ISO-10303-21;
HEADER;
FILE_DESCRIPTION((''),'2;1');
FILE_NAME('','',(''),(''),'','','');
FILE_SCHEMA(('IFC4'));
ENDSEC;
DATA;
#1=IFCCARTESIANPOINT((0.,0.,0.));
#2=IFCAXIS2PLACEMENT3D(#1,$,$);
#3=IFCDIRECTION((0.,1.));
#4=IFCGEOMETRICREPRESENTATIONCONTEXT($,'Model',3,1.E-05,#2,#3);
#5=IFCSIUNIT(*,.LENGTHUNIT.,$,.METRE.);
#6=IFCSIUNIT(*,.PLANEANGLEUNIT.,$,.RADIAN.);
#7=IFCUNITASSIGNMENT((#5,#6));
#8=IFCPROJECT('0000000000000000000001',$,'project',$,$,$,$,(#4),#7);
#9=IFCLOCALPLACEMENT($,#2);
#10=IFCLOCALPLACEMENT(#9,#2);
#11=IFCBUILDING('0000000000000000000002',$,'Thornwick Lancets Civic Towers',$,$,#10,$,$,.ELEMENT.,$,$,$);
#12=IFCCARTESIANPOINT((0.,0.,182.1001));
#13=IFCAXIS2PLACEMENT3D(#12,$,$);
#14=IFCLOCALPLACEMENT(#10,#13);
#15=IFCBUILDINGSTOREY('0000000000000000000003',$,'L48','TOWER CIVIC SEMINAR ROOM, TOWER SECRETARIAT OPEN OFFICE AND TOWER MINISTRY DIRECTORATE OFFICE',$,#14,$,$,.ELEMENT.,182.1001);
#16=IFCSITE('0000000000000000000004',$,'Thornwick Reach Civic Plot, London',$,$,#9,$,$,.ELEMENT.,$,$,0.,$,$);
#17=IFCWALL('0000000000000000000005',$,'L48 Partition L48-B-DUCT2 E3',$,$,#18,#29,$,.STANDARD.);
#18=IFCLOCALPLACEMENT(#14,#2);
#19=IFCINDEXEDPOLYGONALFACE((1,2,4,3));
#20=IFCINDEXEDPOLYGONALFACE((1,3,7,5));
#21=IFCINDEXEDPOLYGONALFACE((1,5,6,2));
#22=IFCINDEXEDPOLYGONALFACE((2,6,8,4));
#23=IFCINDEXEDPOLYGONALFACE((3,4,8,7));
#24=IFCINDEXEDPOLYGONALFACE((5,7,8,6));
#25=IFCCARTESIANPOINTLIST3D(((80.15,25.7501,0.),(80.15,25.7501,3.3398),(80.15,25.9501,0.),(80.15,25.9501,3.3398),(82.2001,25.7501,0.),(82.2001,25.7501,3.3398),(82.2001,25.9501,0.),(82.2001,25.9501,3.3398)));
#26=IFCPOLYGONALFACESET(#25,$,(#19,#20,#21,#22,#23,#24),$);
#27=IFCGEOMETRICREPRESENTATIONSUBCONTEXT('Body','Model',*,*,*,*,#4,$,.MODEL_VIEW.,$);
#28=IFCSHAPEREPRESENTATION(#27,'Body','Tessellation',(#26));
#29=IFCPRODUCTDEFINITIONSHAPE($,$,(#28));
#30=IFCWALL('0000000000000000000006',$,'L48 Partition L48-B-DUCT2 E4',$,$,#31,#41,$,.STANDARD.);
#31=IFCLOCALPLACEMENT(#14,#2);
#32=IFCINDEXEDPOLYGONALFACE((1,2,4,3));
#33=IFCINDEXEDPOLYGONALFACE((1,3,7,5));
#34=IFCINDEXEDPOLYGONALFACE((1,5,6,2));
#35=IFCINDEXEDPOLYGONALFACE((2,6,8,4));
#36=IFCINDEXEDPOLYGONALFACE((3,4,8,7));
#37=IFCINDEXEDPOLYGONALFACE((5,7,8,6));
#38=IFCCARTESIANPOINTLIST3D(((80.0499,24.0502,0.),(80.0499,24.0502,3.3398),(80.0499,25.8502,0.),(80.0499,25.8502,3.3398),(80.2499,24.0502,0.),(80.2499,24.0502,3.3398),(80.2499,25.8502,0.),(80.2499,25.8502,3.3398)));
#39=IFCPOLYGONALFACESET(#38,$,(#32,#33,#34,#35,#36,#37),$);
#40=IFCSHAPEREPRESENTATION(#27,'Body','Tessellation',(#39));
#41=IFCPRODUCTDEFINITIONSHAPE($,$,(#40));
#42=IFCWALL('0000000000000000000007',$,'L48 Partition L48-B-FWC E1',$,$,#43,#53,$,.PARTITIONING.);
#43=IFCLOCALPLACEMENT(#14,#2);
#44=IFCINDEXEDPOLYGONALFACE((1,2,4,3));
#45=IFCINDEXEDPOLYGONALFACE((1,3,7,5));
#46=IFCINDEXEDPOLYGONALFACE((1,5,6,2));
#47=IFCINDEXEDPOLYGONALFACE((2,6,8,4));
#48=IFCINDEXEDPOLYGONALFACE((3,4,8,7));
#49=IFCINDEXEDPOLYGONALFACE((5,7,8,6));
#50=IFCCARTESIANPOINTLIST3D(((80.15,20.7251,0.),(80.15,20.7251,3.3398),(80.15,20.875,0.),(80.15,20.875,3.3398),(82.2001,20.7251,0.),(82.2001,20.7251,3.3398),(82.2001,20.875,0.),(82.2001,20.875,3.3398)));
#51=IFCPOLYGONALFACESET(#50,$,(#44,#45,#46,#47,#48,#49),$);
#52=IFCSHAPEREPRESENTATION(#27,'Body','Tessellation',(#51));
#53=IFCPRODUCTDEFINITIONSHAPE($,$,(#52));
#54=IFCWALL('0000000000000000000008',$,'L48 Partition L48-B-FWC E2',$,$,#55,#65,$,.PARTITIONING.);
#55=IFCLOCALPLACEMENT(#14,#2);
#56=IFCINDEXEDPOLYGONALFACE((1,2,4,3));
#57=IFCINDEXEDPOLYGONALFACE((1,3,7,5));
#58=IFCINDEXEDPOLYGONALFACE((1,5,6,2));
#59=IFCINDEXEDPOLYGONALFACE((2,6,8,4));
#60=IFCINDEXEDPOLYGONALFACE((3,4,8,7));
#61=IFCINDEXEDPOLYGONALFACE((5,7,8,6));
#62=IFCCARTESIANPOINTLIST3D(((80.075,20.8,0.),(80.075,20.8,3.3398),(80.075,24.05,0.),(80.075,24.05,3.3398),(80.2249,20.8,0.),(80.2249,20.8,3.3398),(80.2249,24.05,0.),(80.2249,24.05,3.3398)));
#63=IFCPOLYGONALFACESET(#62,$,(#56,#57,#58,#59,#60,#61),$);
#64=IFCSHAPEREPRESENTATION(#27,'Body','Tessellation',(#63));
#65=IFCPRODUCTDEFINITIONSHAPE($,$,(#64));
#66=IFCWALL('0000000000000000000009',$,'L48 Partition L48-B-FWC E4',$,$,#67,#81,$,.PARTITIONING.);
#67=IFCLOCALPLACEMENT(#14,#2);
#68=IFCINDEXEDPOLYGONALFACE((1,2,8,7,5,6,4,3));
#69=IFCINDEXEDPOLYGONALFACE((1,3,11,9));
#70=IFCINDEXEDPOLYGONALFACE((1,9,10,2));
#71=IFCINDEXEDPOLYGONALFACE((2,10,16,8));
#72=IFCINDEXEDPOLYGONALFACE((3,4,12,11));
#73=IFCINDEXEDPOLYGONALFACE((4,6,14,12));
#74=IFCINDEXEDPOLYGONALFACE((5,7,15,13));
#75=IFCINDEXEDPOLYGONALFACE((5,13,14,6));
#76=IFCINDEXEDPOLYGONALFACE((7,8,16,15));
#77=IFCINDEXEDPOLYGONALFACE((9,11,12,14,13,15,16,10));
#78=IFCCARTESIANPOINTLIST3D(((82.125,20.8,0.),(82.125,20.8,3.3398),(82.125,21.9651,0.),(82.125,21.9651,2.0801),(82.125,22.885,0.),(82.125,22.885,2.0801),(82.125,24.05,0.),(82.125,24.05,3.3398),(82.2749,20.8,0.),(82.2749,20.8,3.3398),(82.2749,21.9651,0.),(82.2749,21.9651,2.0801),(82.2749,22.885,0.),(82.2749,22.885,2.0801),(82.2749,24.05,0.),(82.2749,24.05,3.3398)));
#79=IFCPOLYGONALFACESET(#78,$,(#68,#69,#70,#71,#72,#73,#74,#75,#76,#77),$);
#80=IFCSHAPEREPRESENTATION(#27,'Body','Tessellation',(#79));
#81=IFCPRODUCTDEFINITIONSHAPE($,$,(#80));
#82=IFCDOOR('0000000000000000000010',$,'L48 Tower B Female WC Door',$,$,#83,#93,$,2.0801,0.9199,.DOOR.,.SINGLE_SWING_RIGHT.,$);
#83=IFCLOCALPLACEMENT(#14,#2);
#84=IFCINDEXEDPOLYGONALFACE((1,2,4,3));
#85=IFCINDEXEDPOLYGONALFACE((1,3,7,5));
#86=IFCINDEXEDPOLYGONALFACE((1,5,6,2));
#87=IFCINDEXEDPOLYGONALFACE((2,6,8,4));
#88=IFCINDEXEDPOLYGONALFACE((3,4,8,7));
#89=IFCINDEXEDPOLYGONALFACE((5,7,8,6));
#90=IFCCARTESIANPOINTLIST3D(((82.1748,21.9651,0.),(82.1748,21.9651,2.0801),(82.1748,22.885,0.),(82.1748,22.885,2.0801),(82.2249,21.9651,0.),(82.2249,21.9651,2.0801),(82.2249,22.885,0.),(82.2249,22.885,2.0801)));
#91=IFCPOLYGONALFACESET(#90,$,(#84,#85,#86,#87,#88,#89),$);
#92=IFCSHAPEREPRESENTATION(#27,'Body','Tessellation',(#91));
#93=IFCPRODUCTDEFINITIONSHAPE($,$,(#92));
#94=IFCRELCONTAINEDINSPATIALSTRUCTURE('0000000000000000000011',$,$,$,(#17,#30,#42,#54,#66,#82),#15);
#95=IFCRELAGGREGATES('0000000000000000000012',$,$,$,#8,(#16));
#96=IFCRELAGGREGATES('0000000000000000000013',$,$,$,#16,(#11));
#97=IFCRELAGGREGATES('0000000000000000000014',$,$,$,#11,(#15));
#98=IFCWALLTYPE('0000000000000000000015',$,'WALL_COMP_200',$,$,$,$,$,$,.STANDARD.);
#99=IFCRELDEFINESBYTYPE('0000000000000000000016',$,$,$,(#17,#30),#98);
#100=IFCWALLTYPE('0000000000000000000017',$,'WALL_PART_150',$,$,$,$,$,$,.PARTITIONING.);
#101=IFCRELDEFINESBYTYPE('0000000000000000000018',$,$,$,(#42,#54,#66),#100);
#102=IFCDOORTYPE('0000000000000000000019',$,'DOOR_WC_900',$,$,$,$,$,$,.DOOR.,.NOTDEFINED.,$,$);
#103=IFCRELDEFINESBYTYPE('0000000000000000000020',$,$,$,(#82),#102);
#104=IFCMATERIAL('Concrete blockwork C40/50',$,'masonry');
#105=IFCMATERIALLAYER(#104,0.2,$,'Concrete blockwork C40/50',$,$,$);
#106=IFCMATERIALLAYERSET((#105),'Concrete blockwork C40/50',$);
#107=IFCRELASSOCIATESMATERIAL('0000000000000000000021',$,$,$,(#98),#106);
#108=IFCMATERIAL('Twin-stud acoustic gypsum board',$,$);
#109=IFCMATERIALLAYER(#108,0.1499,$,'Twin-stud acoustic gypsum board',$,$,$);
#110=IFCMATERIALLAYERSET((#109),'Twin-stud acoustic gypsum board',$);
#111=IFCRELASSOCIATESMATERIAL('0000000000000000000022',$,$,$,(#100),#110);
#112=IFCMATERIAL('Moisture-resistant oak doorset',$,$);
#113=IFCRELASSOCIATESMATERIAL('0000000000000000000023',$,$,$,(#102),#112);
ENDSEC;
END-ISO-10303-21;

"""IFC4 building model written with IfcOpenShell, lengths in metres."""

from ifc_helpers import new_model, si_unit, direction, frame, frame_2d, origin, place, context, subcontext, project, spatial, rectangle, extrude, material, layer, layer_set, type_object, element, fill, save


model = new_model("IFC4")

# Units and contexts
model_context = context("Model", 3, precision=1e-05, world=origin(), true_north=direction((0.0, 1.0)))
body_context = subcontext(model_context, "Body", "Model", "MODEL_VIEW")
ifc_project = project(units=[si_unit("LENGTHUNIT", "METRE"), si_unit("PLANEANGLEUNIT", "RADIAN")], contexts=[model_context])

# Site, building, storey
site_placement = place(None, origin())
site = spatial("IfcSite", under=ifc_project, at=site_placement, Name="Thornwick Reach Civic Plot, London", CompositionType="ELEMENT", RefElevation=0.0)
building_placement = place(site_placement, origin())
building = spatial("IfcBuilding", under=site, at=building_placement, Name="Thornwick Lancets Civic Towers", CompositionType="ELEMENT")
storey_placement = place(building_placement, frame((0.0, 0.0, 182.1001)))
storey = spatial("IfcBuildingStorey", under=building, at=storey_placement, Name="L48", Description="TOWER CIVIC SEMINAR ROOM, TOWER SECRETARIAT OPEN OFFICE AND TOWER MINISTRY DIRECTORATE OFFICE", CompositionType="ELEMENT", Elevation=182.1001)

# Shared definitions
ifc_material_1 = material(Name="Concrete blockwork C40/50", Category="masonry")
ifc_layer_1 = layer(ifc_material_1, 0.2, Name="Concrete blockwork C40/50")
ifc_layer_set_1 = layer_set([ifc_layer_1], Name="Concrete blockwork C40/50")
wall_type_1 = type_object("IfcWallType", Name="WALL_COMP_200", PredefinedType="STANDARD", material=ifc_layer_set_1)

# Walls
wall_1_placement = place(storey_placement, frame((82.2, 25.8501, 0.0), z_axis=(0.0, 0.0, 1.0), x_axis=(-1.0, 0.0, 0.0)))
element("IfcWall", 1, at=wall_1_placement, inside=storey, type_object=wall_type_1, Name="L48 Partition L48-B-DUCT2 E3", PredefinedType="STANDARD", context=body_context, shape_type="SweptSolid", body=[
    extrude(rectangle(XDim=2.05, YDim=0.2, at=frame_2d((1.0249, 0.0))), origin(), (0.0, 0.0, 1.0), 3.3398),
])
wall_2_placement = place(storey_placement, frame((80.1499, 25.8501, 0.0), z_axis=(0.0, 0.0, 1.0), x_axis=(0.0, -1.0, 0.0)))
element("IfcWall", 2, at=wall_2_placement, inside=storey, type_object=wall_type_1, Name="L48 Partition L48-B-DUCT2 E4", PredefinedType="STANDARD", context=body_context, shape_type="SweptSolid", body=[
    extrude(rectangle(XDim=1.8, YDim=0.2, at=frame_2d((0.8999, 0.0))), origin(), (0.0, 0.0, 1.0), 3.3398),
])
ifc_material_2 = material(Name="Twin-stud acoustic gypsum board")
ifc_layer_2 = layer(ifc_material_2, 0.1499, Name="Twin-stud acoustic gypsum board")
ifc_layer_set_2 = layer_set([ifc_layer_2], Name="Twin-stud acoustic gypsum board")
wall_type_2 = type_object("IfcWallType", Name="WALL_PART_150", PredefinedType="PARTITIONING", material=ifc_layer_set_2)
wall_3_placement = place(storey_placement, frame((82.2, 20.8, 0.0), z_axis=(0.0, 0.0, 1.0), x_axis=(-1.0, 0.0, 0.0)))
element("IfcWall", 3, at=wall_3_placement, inside=storey, type_object=wall_type_2, Name="L48 Partition L48-B-FWC E1", PredefinedType="PARTITIONING", context=body_context, shape_type="SweptSolid", body=[
    extrude(rectangle(XDim=2.05, YDim=0.1499, at=frame_2d((1.0249, 0.0))), origin(), (0.0, 0.0, 1.0), 3.3398),
])
wall_4_placement = place(storey_placement, frame((80.1499, 20.8, 0.0), z_axis=(0.0, 0.0, 1.0), x_axis=(0.0, 1.0, 0.0)))
element("IfcWall", 4, at=wall_4_placement, inside=storey, type_object=wall_type_2, Name="L48 Partition L48-B-FWC E2", PredefinedType="PARTITIONING", context=body_context, shape_type="SweptSolid", body=[
    extrude(rectangle(XDim=3.25, YDim=0.1499, at=frame_2d((1.625, 0.0))), origin(), (0.0, 0.0, 1.0), 3.3398),
])

# Wall, opening, door
wall_5_placement = place(storey_placement, frame((82.2, 24.05, 0.0), z_axis=(0.0, 0.0, 1.0), x_axis=(0.0, -1.0, 0.0)))
wall_5 = element("IfcWall", 5, at=wall_5_placement, inside=storey, type_object=wall_type_2, Name="L48 Partition L48-B-FWC E4", PredefinedType="PARTITIONING", context=body_context, shape_type="SweptSolid", body=[
    extrude(rectangle(XDim=3.25, YDim=0.1499, at=frame_2d((1.625, 0.0))), origin(), (0.0, 0.0, 1.0), 3.3398),
])
opening_1_placement = place(wall_5_placement, frame((1.165, 0.0, 0.0)))
opening_1 = element("IfcOpeningElement", 6, at=opening_1_placement, cuts=wall_5, PredefinedType="OPENING", context=body_context, shape_type="SweptSolid", body=[
    extrude(rectangle(XDim=0.9199, YDim=2.0801, at=frame_2d((0.46, 1.04))), frame((0.0, 0.085, 0.0), z_axis=(0.0, -1.0, 0.0), x_axis=(1.0, 0.0, 0.0)), (0.0, 0.0, 1.0), 0.1699),
])
ifc_material_3 = material(Name="Moisture-resistant oak doorset")
door_type_1 = type_object("IfcDoorType", Name="DOOR_WC_900", OperationType="NOTDEFINED", PredefinedType="DOOR", material=ifc_material_3)
door_1_placement = place(opening_1_placement, origin())
door_1 = element("IfcDoor", 7, at=door_1_placement, inside=storey, type_object=door_type_1, Name="L48 Tower B Female WC Door", OperationType="SINGLE_SWING_RIGHT", OverallHeight=2.0801, OverallWidth=0.9199, PredefinedType="DOOR", context=body_context, shape_type="SweptSolid", body=[
    extrude(rectangle(XDim=0.9199, YDim=2.0801, at=frame_2d((0.46, 1.04))), frame((0.0, 0.0249, 0.0), z_axis=(0.0, -1.0, 0.0), x_axis=(1.0, 0.0, 0.0)), (0.0, 0.0, 1.0), 0.05),
])
fill(opening_1, door_1)

save(model, "model.ifc")
